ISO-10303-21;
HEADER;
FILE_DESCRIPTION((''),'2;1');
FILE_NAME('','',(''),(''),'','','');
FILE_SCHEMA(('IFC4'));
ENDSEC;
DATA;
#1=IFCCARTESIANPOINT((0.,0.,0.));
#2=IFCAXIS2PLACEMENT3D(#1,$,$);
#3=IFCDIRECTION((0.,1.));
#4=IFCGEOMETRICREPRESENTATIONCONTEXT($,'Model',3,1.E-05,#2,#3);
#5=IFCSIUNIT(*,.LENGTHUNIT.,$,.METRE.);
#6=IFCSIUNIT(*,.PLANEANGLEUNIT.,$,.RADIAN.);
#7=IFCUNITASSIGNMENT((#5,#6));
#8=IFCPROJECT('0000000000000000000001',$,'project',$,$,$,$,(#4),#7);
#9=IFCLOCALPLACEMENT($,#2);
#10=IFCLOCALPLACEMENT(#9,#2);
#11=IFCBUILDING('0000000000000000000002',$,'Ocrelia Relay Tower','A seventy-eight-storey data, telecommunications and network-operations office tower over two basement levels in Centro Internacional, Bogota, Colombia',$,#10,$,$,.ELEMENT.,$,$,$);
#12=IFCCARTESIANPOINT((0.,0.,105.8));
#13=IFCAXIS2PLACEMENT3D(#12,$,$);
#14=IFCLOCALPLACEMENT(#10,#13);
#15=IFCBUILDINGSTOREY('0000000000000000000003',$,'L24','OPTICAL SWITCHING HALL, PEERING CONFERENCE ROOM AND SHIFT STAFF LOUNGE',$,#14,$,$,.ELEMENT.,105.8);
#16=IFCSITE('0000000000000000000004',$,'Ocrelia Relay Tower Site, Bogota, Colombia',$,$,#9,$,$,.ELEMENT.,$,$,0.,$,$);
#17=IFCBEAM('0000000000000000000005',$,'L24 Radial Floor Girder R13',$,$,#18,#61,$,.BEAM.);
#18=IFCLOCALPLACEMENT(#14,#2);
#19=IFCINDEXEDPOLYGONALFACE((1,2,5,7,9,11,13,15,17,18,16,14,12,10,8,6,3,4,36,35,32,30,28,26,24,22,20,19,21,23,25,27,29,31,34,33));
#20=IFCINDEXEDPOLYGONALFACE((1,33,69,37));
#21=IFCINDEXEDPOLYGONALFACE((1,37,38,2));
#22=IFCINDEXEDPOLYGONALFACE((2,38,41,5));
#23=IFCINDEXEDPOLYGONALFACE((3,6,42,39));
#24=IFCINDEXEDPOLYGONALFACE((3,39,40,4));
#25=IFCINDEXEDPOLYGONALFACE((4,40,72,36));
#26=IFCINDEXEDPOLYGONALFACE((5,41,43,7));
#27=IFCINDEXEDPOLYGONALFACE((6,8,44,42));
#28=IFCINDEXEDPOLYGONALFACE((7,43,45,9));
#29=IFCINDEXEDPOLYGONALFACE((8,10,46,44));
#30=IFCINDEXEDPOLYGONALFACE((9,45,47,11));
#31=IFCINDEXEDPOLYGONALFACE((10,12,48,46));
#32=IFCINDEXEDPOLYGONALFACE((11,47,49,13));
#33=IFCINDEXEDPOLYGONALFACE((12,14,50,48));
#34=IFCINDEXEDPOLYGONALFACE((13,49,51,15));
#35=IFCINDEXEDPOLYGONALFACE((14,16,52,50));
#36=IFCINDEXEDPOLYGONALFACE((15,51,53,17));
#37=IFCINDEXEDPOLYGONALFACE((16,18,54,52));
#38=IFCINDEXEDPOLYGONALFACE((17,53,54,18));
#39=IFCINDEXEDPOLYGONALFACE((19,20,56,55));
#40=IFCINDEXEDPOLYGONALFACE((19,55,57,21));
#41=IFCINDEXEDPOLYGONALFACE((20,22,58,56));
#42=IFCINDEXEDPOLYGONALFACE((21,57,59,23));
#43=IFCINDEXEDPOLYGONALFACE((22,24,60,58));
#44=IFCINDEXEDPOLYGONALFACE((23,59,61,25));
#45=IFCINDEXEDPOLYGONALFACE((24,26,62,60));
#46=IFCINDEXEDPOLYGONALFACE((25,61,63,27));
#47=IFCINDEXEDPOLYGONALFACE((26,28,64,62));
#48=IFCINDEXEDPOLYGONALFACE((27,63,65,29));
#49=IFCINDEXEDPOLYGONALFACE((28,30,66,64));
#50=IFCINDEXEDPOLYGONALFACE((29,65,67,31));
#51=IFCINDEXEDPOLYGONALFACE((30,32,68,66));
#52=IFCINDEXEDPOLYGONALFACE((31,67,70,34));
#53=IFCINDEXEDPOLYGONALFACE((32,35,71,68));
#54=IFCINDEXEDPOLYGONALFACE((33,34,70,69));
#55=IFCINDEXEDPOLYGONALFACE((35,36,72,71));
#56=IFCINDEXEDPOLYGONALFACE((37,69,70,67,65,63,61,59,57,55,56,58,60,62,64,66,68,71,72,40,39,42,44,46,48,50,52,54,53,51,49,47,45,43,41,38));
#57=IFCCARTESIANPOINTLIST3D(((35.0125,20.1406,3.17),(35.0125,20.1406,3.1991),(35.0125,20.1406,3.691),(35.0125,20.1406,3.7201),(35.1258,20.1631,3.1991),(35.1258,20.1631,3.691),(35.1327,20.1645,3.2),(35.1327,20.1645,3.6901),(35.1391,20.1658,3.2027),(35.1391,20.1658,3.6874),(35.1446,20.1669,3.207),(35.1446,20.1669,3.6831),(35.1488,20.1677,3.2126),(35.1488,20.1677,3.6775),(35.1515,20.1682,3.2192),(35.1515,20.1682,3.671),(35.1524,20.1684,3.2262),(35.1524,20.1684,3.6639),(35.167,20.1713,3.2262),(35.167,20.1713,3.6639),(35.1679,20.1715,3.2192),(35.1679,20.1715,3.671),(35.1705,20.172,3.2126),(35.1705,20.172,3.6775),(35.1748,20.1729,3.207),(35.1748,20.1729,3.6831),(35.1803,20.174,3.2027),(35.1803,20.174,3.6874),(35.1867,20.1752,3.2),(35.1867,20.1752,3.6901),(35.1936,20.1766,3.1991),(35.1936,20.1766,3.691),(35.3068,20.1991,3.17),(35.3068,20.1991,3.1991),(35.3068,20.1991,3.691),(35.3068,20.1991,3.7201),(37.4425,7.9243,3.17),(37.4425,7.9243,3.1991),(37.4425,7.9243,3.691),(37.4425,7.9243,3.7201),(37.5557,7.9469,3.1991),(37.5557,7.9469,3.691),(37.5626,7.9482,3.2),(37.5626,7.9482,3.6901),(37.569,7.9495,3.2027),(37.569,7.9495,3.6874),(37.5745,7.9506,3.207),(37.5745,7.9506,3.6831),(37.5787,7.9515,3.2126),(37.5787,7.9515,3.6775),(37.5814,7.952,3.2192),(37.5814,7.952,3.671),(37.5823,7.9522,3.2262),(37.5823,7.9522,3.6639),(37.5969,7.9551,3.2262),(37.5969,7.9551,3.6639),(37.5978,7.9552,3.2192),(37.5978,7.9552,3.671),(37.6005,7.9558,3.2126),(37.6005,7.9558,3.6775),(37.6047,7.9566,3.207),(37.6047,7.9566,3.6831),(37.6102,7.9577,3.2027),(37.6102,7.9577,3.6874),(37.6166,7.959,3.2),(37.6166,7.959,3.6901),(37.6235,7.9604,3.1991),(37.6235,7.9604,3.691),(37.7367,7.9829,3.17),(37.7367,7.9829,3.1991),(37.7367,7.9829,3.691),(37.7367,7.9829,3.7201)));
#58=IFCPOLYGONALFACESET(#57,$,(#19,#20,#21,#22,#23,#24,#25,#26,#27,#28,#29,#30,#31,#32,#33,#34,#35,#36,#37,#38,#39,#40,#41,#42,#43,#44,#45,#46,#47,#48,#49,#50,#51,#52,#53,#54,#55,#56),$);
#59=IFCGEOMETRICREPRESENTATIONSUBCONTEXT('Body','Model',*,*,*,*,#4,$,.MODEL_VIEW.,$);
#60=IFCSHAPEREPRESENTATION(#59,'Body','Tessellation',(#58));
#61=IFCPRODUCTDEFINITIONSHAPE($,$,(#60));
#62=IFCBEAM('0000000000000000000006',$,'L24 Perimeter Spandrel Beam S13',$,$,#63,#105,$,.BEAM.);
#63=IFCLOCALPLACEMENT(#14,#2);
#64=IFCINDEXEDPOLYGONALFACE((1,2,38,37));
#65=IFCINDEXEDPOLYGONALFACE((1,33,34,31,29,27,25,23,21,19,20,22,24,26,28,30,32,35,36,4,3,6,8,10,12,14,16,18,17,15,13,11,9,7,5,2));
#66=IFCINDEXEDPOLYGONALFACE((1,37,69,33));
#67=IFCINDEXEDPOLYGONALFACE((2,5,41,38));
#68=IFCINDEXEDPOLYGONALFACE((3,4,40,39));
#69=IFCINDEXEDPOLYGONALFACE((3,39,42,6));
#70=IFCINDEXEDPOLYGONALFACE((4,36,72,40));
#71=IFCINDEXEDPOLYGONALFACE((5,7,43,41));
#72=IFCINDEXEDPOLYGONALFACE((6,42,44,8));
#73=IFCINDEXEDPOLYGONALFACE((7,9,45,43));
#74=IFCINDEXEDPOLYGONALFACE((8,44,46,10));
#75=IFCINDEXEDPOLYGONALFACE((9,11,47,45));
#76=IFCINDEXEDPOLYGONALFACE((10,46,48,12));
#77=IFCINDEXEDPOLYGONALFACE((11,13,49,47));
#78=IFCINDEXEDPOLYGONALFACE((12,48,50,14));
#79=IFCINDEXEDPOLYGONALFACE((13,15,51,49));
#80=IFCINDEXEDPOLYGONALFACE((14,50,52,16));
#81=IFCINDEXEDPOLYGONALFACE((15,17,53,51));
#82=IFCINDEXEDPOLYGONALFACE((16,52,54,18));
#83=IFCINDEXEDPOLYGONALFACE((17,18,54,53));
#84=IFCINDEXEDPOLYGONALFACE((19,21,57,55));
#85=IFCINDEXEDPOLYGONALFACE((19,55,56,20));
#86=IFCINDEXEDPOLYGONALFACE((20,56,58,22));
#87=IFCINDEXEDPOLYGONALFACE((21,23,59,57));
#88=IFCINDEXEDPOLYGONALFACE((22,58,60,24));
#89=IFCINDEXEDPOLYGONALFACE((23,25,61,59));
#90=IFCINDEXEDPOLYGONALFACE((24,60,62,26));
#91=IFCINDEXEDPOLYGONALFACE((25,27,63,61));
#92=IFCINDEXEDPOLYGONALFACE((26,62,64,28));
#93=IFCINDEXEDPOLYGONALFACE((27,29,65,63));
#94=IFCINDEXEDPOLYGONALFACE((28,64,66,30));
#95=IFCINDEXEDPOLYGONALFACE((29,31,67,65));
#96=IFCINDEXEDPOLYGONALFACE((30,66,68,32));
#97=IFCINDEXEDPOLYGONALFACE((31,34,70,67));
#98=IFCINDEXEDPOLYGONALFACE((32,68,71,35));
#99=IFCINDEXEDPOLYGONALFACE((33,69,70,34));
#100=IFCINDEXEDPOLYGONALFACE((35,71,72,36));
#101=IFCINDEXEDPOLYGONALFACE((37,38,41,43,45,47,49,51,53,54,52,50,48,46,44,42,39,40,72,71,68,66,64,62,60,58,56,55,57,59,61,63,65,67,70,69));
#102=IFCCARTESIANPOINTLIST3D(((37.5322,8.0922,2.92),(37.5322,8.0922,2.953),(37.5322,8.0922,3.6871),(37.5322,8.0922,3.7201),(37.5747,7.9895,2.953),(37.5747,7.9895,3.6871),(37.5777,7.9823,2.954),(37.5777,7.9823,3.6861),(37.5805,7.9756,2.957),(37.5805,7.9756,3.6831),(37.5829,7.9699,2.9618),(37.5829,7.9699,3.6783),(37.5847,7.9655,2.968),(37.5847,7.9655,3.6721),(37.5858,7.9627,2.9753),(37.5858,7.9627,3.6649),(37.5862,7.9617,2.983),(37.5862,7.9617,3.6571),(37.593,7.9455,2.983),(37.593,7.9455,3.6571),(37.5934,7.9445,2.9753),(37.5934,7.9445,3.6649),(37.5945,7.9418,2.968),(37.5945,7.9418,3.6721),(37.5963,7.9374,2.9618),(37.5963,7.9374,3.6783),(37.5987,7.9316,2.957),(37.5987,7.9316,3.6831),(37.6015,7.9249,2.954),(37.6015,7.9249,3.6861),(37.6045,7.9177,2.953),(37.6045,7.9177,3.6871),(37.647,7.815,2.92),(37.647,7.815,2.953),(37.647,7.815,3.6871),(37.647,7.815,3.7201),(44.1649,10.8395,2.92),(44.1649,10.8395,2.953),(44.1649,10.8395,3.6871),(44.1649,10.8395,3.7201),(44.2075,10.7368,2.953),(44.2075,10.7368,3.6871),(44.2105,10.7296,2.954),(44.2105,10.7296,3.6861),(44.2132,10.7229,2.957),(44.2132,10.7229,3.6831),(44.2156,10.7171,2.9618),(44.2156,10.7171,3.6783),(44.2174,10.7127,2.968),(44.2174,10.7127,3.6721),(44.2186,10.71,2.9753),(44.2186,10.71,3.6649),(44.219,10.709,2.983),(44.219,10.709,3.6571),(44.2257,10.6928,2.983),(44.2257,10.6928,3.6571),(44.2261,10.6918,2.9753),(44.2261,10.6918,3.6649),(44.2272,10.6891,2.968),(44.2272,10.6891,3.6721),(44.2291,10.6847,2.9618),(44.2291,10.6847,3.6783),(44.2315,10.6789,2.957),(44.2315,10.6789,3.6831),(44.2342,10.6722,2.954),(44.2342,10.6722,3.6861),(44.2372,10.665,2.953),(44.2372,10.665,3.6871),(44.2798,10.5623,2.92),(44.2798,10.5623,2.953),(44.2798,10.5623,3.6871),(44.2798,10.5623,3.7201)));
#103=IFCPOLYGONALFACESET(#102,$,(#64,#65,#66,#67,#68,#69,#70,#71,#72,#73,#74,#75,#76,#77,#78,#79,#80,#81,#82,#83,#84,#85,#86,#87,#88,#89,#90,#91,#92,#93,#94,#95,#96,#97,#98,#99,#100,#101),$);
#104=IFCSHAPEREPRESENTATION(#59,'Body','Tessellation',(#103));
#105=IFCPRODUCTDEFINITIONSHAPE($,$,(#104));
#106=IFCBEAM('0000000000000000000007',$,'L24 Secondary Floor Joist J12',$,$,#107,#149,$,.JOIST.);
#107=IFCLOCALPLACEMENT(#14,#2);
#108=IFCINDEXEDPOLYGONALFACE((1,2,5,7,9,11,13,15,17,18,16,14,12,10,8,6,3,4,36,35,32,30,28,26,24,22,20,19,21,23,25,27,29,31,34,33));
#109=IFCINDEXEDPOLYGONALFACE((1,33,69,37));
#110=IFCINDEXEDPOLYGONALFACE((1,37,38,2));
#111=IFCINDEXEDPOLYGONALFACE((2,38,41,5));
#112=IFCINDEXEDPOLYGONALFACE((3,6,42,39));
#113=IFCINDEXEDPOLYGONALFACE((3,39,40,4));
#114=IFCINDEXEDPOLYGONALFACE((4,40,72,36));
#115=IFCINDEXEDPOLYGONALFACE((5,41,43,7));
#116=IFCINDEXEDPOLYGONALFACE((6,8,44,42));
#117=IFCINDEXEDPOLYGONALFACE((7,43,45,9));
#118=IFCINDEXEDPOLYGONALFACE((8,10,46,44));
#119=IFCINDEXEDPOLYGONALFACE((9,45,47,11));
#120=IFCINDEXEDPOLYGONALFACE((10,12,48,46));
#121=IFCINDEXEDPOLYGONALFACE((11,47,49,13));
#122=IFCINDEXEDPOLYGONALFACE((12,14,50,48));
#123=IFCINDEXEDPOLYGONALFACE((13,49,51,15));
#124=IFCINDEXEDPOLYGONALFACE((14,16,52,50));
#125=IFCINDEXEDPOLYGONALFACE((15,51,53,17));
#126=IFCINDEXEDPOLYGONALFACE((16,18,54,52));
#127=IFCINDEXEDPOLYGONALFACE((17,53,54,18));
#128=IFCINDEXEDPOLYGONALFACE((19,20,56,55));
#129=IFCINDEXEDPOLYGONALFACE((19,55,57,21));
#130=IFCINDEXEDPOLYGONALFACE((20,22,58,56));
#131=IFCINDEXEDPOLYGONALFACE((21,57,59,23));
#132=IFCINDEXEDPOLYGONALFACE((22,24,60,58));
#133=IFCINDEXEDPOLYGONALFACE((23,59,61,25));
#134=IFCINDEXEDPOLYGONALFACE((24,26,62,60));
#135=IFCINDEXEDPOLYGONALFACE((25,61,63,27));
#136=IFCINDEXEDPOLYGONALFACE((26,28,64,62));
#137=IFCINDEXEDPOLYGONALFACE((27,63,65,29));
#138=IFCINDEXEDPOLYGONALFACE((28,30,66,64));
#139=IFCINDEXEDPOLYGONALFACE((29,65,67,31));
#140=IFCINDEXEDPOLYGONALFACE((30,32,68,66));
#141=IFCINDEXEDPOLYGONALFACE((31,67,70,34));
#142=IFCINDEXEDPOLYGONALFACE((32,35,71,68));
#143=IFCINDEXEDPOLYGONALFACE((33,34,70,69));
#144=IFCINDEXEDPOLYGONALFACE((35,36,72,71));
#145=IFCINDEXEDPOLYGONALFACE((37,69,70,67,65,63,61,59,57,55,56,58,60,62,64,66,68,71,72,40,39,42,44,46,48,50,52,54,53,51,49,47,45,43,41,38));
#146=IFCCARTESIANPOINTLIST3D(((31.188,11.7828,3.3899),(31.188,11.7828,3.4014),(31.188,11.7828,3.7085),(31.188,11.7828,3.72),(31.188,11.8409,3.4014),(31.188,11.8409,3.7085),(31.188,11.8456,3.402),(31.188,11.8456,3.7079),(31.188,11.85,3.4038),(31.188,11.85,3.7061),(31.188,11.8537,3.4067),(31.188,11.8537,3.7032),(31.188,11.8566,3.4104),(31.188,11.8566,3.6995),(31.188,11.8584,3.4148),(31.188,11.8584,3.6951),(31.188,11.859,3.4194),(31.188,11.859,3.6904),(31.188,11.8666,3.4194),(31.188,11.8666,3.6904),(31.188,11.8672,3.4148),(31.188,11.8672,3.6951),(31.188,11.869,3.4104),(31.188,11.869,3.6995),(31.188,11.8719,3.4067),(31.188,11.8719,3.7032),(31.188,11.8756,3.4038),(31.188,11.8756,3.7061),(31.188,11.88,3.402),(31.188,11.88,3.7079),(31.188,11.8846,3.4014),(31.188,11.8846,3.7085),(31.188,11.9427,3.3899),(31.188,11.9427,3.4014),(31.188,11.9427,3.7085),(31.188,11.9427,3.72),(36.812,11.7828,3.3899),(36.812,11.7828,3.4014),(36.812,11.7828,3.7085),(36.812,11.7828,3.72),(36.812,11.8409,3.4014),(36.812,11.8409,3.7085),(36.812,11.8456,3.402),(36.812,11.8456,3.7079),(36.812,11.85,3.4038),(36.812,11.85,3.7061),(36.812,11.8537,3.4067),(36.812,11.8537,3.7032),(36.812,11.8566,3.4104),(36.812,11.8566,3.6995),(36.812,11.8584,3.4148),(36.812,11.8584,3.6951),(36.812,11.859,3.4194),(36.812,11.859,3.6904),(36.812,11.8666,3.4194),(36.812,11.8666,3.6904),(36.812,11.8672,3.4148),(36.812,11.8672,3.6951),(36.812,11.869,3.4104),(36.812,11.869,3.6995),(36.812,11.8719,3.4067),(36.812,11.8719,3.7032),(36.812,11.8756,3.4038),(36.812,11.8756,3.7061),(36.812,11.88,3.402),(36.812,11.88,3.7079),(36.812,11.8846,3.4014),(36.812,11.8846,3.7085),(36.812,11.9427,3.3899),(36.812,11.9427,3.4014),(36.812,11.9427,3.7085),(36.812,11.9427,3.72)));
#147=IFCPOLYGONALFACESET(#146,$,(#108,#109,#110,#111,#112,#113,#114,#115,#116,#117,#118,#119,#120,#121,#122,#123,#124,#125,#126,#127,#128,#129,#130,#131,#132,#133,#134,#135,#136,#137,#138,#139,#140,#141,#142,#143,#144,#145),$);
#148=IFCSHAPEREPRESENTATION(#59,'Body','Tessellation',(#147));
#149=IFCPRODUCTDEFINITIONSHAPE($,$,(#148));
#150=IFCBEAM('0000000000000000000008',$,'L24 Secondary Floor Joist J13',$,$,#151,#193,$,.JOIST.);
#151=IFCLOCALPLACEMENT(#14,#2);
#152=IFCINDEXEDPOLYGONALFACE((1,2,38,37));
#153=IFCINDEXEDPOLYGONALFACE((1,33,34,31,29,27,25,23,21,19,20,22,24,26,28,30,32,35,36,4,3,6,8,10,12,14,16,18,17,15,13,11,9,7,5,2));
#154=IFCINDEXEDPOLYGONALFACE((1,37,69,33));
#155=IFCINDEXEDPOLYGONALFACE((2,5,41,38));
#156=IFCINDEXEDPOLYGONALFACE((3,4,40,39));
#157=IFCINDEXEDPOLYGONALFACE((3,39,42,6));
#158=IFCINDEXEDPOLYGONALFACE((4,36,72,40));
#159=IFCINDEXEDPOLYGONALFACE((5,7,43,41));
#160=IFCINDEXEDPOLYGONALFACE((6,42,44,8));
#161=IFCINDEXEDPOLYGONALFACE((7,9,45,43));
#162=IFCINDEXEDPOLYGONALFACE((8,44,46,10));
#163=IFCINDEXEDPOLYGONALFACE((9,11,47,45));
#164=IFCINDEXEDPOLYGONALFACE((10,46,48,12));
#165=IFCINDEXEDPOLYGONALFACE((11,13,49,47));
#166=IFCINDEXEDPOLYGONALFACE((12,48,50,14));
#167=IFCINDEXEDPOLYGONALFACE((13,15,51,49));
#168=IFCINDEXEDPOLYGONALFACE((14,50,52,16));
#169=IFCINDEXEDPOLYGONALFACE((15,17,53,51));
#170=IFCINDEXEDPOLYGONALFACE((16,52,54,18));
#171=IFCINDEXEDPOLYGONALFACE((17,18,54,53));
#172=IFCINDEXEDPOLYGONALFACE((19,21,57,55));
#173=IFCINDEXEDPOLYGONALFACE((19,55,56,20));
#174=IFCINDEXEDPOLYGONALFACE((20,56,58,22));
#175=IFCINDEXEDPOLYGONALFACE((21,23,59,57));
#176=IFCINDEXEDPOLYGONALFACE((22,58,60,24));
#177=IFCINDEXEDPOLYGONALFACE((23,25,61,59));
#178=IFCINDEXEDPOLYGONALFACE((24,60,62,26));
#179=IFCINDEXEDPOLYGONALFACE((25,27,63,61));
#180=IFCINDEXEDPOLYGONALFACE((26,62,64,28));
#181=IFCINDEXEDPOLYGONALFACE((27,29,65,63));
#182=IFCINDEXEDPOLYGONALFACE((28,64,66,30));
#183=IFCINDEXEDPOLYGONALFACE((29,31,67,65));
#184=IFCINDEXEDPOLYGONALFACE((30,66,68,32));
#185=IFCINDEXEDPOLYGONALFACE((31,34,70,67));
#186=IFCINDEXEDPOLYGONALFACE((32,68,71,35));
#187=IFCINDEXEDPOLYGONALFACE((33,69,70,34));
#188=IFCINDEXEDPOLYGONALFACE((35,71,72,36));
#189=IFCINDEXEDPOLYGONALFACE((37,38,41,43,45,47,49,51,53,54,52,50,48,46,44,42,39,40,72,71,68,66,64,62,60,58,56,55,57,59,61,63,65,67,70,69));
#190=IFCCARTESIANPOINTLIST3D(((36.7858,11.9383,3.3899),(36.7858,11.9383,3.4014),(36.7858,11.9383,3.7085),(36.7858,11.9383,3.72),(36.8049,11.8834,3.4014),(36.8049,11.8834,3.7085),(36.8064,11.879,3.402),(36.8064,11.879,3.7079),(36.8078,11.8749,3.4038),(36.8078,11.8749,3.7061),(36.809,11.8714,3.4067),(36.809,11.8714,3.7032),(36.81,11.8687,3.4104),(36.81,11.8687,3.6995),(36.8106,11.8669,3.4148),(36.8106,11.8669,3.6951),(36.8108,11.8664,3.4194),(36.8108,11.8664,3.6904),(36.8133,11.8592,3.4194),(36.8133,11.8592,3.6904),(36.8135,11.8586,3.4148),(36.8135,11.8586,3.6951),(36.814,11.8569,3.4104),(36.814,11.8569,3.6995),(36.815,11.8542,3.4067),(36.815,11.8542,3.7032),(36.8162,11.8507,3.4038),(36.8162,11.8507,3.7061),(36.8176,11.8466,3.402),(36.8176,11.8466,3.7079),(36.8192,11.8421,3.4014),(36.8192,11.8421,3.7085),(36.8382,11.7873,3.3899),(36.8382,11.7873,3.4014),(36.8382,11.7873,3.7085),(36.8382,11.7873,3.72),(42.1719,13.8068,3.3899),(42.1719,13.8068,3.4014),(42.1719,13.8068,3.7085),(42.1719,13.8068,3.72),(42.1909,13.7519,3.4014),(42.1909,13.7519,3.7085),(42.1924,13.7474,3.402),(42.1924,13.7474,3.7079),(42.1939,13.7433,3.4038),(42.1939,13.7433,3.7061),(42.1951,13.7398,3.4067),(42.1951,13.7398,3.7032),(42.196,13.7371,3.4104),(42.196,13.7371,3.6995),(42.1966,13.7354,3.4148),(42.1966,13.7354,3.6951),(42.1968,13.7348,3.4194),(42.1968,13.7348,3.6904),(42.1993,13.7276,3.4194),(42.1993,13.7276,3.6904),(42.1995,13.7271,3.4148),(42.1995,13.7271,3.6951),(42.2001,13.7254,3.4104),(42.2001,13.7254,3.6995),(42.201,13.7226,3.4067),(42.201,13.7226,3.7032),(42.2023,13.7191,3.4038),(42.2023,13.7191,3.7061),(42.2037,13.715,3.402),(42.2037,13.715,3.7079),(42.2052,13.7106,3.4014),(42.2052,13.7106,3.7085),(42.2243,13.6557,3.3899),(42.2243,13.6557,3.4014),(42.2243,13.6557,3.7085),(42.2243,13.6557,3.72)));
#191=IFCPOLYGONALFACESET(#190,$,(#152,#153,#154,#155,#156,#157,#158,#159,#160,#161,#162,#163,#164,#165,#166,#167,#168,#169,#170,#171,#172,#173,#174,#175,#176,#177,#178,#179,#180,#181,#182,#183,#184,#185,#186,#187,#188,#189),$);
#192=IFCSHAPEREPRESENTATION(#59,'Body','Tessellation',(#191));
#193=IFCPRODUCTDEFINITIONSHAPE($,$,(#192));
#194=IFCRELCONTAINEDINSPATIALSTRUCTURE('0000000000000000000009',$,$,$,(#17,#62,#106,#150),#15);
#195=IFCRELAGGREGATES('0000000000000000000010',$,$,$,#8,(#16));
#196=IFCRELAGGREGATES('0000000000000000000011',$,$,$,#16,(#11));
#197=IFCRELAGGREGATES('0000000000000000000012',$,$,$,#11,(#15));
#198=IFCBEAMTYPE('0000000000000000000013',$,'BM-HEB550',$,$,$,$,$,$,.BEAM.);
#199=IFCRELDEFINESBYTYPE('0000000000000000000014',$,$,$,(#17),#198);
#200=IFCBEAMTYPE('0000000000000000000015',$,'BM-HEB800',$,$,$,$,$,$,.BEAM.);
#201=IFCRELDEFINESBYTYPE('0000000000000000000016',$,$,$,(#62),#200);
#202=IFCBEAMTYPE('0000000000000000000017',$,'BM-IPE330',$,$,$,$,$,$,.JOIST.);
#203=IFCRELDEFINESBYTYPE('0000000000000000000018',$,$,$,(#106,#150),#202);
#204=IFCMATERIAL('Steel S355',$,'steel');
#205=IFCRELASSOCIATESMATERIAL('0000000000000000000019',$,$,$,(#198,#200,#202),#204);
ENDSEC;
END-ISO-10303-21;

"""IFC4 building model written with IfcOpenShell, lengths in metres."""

from ifc_helpers import new_model, si_unit, direction, frame, origin, origin_2d, place, context, subcontext, project, spatial, i_section, extrude, material, material_profile, profile_set, type_object, element, save


model = new_model("IFC4")

# Units and contexts
model_context = context("Model", 3, precision=1e-05, world=origin(), true_north=direction((0.0, 1.0)))
body_context = subcontext(model_context, "Body", "Model", "MODEL_VIEW")
ifc_project = project(units=[si_unit("LENGTHUNIT", "METRE"), si_unit("PLANEANGLEUNIT", "RADIAN")], contexts=[model_context])

# Site, building, storey
site_placement = place(None, origin())
site = spatial("IfcSite", under=ifc_project, at=site_placement, Name="Ocrelia Relay Tower Site, Bogota, Colombia", CompositionType="ELEMENT", RefElevation=0.0)
building_placement = place(site_placement, origin())
building = spatial("IfcBuilding", under=site, at=building_placement, Name="Ocrelia Relay Tower", Description="A seventy-eight-storey data, telecommunications and network-operations office tower over two basement levels in Centro Internacional, Bogota, Colombia", CompositionType="ELEMENT")
storey_placement = place(building_placement, frame((0.0, 0.0, 105.8)))
storey = spatial("IfcBuildingStorey", under=building, at=storey_placement, Name="L24", Description="OPTICAL SWITCHING HALL, PEERING CONFERENCE ROOM AND SHIFT STAFF LOUNGE", CompositionType="ELEMENT", Elevation=105.8)

# Beams
ifc_material_1 = material(Name="Steel S355", Category="steel")
ifc_material_profile_1 = material_profile(ifc_material_1, i_section(OverallWidth=0.3, OverallDepth=0.55, WebThickness=0.0149, FlangeThickness=0.0291, FilletRadius=0.0271, at=origin_2d()), Name="HEB 550")
ifc_profile_set_1 = profile_set([ifc_material_profile_1], Name="Steel S355")
beam_type_1 = type_object("IfcBeamType", Name="BM-HEB550", PredefinedType="BEAM", material=ifc_profile_set_1)
beam_1_placement = place(storey_placement, frame((37.5896, 7.9536, 3.4451), z_axis=(-0.195087, 0.980786, 0.0), x_axis=(-0.980786, -0.195087, 0.0)))
element("IfcBeam", 1, at=beam_1_placement, inside=storey, type_object=beam_type_1, Name="L24 Radial Floor Girder R13", PredefinedType="BEAM", context=body_context, shape_type="SweptSolid", body=[
    extrude(i_section(OverallWidth=0.3, OverallDepth=0.55, WebThickness=0.0149, FlangeThickness=0.0291, FilletRadius=0.0271, at=origin_2d()), origin(), (0.0, 0.0, 1.0), 12.4556),
])
ifc_material_profile_2 = material_profile(ifc_material_1, i_section(OverallWidth=0.3, OverallDepth=0.8, WebThickness=0.0176, FlangeThickness=0.033, FilletRadius=0.03, at=origin_2d()), Name="HEB 800")
ifc_profile_set_2 = profile_set([ifc_material_profile_2], Name="Steel S355")
beam_type_2 = type_object("IfcBeamType", Name="BM-HEB800", PredefinedType="BEAM", material=ifc_profile_set_2)
beam_2_placement = place(storey_placement, frame((37.5896, 7.9536, 3.3201), z_axis=(0.923884, 0.382673, 0.0), x_axis=(-0.382673, 0.923884, 0.0)))
element("IfcBeam", 2, at=beam_2_placement, inside=storey, type_object=beam_type_2, Name="L24 Perimeter Spandrel Beam S13", PredefinedType="BEAM", context=body_context, shape_type="SweptSolid", body=[
    extrude(i_section(OverallWidth=0.3, OverallDepth=0.8, WebThickness=0.0176, FlangeThickness=0.033, FilletRadius=0.03, at=origin_2d()), origin(), (0.0, 0.0, 1.0), 7.1792),
])
ifc_material_profile_3 = material_profile(ifc_material_1, i_section(OverallWidth=0.1599, OverallDepth=0.3301, WebThickness=0.0076, FlangeThickness=0.0115, FilletRadius=0.0181, at=origin_2d()), Name="IPE 330")
ifc_profile_set_3 = profile_set([ifc_material_profile_3], Name="Steel S355")
beam_type_3 = type_object("IfcBeamType", Name="BM-IPE330", PredefinedType="JOIST", material=ifc_profile_set_3)
beam_3_placement = place(storey_placement, frame((31.188, 11.8628, 3.5549), z_axis=(1.0, 0.0, 0.0), x_axis=(0.0, 1.0, 0.0)))
element("IfcBeam", 3, at=beam_3_placement, inside=storey, type_object=beam_type_3, Name="L24 Secondary Floor Joist J12", PredefinedType="JOIST", context=body_context, shape_type="SweptSolid", body=[
    extrude(i_section(OverallWidth=0.1599, OverallDepth=0.3301, WebThickness=0.0076, FlangeThickness=0.0115, FilletRadius=0.0181, at=origin_2d()), origin(), (0.0, 0.0, 1.0), 5.624),
])
beam_4_placement = place(storey_placement, frame((36.812, 11.8628, 3.5549), z_axis=(0.944767, 0.327741, 0.0), x_axis=(-0.327741, 0.944767, 0.0)))
element("IfcBeam", 4, at=beam_4_placement, inside=storey, type_object=beam_type_3, Name="L24 Secondary Floor Joist J13", PredefinedType="JOIST", context=body_context, shape_type="SweptSolid", body=[
    extrude(i_section(OverallWidth=0.1599, OverallDepth=0.3301, WebThickness=0.0076, FlangeThickness=0.0115, FilletRadius=0.0181, at=origin_2d()), origin(), (0.0, 0.0, 1.0), 5.7009),
])

save(model, "model.ifc")
